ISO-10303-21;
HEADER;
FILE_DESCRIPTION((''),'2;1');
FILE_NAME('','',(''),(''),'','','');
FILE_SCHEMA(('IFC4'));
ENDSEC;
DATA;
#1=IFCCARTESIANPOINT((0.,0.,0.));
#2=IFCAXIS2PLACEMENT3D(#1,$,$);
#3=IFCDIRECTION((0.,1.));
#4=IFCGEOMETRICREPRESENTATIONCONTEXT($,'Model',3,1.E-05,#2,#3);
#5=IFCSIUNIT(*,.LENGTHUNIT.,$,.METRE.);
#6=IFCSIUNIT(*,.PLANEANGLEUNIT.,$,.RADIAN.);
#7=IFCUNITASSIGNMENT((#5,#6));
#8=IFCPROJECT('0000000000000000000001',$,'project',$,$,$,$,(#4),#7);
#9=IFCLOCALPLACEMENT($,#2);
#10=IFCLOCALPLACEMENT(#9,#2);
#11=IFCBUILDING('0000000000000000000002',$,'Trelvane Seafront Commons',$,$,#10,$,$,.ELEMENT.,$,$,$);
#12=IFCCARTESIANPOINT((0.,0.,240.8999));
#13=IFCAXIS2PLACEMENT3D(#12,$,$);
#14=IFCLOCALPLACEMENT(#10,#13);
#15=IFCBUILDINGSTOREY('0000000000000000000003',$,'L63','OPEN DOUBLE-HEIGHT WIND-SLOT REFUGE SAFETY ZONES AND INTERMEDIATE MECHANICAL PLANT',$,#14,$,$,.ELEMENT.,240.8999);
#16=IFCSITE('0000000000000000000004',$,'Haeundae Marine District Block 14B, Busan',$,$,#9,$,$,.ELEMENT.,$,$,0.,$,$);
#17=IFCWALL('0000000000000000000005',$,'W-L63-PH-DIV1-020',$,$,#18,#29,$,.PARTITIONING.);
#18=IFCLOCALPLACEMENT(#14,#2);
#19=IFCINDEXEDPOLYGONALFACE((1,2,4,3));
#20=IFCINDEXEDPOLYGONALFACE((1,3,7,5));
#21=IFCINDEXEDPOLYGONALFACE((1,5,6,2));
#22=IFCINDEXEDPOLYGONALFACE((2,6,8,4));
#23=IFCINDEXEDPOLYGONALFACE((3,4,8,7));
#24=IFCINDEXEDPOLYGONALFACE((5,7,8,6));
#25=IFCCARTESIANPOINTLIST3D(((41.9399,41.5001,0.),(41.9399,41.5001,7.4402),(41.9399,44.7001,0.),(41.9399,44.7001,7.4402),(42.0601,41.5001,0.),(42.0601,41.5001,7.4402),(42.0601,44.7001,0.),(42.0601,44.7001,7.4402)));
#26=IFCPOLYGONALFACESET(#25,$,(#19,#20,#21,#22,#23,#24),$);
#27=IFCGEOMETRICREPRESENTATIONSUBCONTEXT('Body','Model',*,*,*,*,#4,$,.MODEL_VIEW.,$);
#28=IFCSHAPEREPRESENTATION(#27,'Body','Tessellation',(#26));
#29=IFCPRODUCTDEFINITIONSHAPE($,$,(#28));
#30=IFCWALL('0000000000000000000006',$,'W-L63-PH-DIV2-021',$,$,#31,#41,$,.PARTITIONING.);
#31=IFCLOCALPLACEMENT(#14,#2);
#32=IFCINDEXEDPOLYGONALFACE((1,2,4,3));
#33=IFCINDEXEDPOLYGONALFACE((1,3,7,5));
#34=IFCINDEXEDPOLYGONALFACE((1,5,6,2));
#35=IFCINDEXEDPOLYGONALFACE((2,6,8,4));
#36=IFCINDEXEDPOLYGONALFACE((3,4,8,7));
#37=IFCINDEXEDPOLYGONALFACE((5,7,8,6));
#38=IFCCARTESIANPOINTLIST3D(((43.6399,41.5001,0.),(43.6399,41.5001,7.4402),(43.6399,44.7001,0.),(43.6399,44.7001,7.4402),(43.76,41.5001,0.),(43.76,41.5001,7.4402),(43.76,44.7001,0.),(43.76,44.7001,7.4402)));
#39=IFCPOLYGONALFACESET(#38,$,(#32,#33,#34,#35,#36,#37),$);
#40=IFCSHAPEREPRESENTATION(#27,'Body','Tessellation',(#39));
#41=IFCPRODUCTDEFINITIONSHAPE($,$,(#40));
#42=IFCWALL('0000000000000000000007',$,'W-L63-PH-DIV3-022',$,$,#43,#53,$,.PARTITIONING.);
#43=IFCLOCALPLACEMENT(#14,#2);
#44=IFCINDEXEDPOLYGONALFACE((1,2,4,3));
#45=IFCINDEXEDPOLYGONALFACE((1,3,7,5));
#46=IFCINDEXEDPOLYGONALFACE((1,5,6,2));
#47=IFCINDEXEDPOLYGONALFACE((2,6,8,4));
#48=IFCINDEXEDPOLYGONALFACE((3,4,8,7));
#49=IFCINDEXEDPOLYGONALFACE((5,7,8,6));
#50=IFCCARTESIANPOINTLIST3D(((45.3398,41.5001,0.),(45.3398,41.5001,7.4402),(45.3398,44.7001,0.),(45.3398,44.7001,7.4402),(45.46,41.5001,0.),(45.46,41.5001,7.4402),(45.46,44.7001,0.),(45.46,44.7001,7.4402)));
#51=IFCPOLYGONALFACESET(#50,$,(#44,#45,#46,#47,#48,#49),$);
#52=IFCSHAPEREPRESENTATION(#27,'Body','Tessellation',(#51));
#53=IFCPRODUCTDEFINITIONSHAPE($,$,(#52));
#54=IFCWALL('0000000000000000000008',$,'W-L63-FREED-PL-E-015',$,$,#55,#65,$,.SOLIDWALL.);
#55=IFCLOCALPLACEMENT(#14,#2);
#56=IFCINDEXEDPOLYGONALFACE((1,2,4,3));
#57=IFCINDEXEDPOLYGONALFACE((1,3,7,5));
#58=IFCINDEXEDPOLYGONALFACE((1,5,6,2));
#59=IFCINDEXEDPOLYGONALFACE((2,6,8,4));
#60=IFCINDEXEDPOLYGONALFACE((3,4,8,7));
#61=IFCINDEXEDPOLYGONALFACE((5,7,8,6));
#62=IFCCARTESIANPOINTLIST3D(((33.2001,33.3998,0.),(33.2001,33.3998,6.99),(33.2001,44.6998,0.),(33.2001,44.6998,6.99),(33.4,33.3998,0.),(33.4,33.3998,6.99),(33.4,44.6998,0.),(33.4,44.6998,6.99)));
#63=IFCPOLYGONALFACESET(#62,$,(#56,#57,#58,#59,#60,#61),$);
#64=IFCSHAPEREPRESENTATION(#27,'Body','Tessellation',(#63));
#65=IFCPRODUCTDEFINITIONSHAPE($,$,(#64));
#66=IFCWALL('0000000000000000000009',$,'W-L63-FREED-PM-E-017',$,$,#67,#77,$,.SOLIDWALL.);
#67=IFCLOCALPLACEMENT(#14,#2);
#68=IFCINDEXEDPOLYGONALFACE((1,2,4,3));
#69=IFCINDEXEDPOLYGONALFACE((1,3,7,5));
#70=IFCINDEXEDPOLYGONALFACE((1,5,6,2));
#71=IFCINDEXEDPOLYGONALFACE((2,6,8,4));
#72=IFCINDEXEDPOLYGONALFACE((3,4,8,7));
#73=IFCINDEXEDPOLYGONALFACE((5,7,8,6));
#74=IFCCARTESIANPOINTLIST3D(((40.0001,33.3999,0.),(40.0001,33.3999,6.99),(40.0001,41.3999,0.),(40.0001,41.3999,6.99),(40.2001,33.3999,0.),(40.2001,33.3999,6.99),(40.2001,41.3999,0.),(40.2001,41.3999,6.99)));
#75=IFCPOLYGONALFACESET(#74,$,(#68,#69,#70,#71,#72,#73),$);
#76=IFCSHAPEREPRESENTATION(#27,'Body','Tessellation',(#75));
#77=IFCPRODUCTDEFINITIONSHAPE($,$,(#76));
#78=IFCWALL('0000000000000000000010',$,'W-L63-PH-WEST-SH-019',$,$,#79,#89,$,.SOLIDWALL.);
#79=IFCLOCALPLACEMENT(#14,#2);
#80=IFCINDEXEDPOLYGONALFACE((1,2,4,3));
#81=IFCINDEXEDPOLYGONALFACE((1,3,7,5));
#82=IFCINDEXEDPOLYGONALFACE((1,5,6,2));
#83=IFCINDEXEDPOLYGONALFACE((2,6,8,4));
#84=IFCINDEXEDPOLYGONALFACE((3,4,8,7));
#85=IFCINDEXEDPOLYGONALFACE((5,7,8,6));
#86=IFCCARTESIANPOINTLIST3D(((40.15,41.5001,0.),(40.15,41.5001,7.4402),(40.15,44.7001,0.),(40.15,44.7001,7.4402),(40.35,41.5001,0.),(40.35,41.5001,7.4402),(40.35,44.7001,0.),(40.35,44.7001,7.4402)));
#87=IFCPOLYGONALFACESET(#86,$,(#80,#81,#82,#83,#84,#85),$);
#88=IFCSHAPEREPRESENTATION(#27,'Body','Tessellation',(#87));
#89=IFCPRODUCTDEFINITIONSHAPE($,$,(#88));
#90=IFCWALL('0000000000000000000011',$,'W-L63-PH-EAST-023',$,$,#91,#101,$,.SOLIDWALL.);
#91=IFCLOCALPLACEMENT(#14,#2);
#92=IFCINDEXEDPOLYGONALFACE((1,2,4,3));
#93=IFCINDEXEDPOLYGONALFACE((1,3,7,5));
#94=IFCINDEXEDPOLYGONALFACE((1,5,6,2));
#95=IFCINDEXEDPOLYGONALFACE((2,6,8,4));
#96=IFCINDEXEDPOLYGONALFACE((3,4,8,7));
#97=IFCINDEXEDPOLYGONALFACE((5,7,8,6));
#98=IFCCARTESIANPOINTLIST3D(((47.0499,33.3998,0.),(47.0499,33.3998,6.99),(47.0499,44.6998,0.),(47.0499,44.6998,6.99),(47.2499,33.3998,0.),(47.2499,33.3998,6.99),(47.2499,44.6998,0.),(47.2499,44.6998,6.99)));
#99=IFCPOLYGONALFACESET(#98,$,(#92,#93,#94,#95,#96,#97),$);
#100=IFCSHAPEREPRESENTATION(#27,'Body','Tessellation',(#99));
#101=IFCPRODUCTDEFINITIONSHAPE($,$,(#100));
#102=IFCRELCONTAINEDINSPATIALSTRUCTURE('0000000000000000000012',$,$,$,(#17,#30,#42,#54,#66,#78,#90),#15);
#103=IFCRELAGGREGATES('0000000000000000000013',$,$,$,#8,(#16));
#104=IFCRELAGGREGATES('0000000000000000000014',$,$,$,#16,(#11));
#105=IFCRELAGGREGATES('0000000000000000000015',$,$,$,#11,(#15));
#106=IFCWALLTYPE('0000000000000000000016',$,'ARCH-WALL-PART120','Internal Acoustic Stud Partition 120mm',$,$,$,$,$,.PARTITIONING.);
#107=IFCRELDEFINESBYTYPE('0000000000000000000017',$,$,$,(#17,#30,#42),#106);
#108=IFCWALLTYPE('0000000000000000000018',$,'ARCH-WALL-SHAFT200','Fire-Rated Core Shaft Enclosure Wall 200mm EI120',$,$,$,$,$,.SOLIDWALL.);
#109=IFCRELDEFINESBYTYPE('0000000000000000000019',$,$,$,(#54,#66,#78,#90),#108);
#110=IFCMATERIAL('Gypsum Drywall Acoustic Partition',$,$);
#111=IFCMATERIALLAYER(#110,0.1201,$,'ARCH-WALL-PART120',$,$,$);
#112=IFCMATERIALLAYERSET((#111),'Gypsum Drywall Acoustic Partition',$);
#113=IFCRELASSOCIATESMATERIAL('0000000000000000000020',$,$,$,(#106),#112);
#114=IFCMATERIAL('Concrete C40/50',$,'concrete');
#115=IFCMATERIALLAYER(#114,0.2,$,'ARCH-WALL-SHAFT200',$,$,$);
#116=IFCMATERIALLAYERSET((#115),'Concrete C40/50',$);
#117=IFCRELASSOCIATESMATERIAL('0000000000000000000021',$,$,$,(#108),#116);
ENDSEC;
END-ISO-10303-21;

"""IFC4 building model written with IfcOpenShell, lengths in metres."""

from ifc_helpers import new_model, si_unit, direction, frame, frame_2d, origin, place, context, subcontext, project, spatial, rectangle, extrude, material, layer, layer_set, type_object, element, save


model = new_model("IFC4")

# Units and contexts
model_context = context("Model", 3, precision=1e-05, world=origin(), true_north=direction((0.0, 1.0)))
body_context = subcontext(model_context, "Body", "Model", "MODEL_VIEW")
ifc_project = project(units=[si_unit("LENGTHUNIT", "METRE"), si_unit("PLANEANGLEUNIT", "RADIAN")], contexts=[model_context])

# Site, building, storey
site_placement = place(None, origin())
site = spatial("IfcSite", under=ifc_project, at=site_placement, Name="Haeundae Marine District Block 14B, Busan", CompositionType="ELEMENT", RefElevation=0.0)
building_placement = place(site_placement, origin())
building = spatial("IfcBuilding", under=site, at=building_placement, Name="Trelvane Seafront Commons", CompositionType="ELEMENT")
storey_placement = place(building_placement, frame((0.0, 0.0, 240.8999)))
storey = spatial("IfcBuildingStorey", under=building, at=storey_placement, Name="L63", Description="OPEN DOUBLE-HEIGHT WIND-SLOT REFUGE SAFETY ZONES AND INTERMEDIATE MECHANICAL PLANT", CompositionType="ELEMENT", Elevation=240.8999)

# Shared definitions
ifc_material_1 = material(Name="Concrete C40/50", Category="concrete")
ifc_material_2 = material(Name="Gypsum Drywall Acoustic Partition")
ifc_layer_1 = layer(ifc_material_2, 0.1201, Name="ARCH-WALL-PART120")
ifc_layer_set_1 = layer_set([ifc_layer_1], Name="Gypsum Drywall Acoustic Partition")
wall_type_1 = type_object("IfcWallType", Name="ARCH-WALL-PART120", Description="Internal Acoustic Stud Partition 120mm", PredefinedType="PARTITIONING", material=ifc_layer_set_1)

# Walls
for number, where, z_axis, x_axis, name in (
    (1, (42.0, 41.5, 0.0), (0.0, 0.0, 1.0), (0.0, 1.0, 0.0), "W-L63-PH-DIV1-020"),
    (2, (43.7, 41.5, 0.0), (0.0, 0.0, 1.0), (0.0, 1.0, 0.0), "W-L63-PH-DIV2-021"),
    (3, (45.3999, 41.5, 0.0), (0.0, 0.0, 1.0), (0.0, 1.0, 0.0), "W-L63-PH-DIV3-022"),
):
    element("IfcWall", number, at=place(storey_placement, frame(where, z_axis=z_axis, x_axis=x_axis)), inside=storey, type_object=wall_type_1, Name=name, PredefinedType="PARTITIONING", context=body_context, shape_type="SweptSolid", body=[
        extrude(rectangle(XDim=3.2, YDim=0.1201, at=frame_2d((1.6001, 0.0))), origin(), (0.0, 0.0, 1.0), 7.4402),
    ])
ifc_layer_2 = layer(ifc_material_1, 0.2, Name="ARCH-WALL-SHAFT200")
ifc_layer_set_2 = layer_set([ifc_layer_2], Name="Concrete C40/50")
wall_type_2 = type_object("IfcWallType", Name="ARCH-WALL-SHAFT200", Description="Fire-Rated Core Shaft Enclosure Wall 200mm EI120", PredefinedType="SOLIDWALL", material=ifc_layer_set_2)
wall_1_placement = place(storey_placement, frame((33.3, 33.3999, 0.0), z_axis=(0.0, 0.0, 1.0), x_axis=(0.0, 1.0, 0.0)))
element("IfcWall", 4, at=wall_1_placement, inside=storey, type_object=wall_type_2, Name="W-L63-FREED-PL-E-015", PredefinedType="SOLIDWALL", context=body_context, shape_type="SweptSolid", body=[
    extrude(rectangle(XDim=11.3, YDim=0.2, at=frame_2d((5.6499, 0.0))), origin(), (0.0, 0.0, 1.0), 6.99),
])
wall_2_placement = place(storey_placement, frame((40.1001, 33.3999, 0.0), z_axis=(0.0, 0.0, 1.0), x_axis=(0.0, 1.0, 0.0)))
element("IfcWall", 5, at=wall_2_placement, inside=storey, type_object=wall_type_2, Name="W-L63-FREED-PM-E-017", PredefinedType="SOLIDWALL", context=body_context, shape_type="SweptSolid", body=[
    extrude(rectangle(XDim=8.0, YDim=0.2, at=frame_2d((4.0, 0.0))), origin(), (0.0, 0.0, 1.0), 6.99),
])

# Walls
wall_3_placement = place(storey_placement, frame((40.25, 41.5, 0.0), z_axis=(0.0, 0.0, 1.0), x_axis=(0.0, 1.0, 0.0)))
element("IfcWall", 6, at=wall_3_placement, inside=storey, type_object=wall_type_2, Name="W-L63-PH-WEST-SH-019", PredefinedType="SOLIDWALL", context=body_context, shape_type="SweptSolid", body=[
    extrude(rectangle(XDim=3.2, YDim=0.2, at=frame_2d((1.6001, 0.0))), origin(), (0.0, 0.0, 1.0), 7.4402),
])
wall_4_placement = place(storey_placement, frame((47.1499, 33.3999, 0.0), z_axis=(0.0, 0.0, 1.0), x_axis=(0.0, 1.0, 0.0)))
element("IfcWall", 7, at=wall_4_placement, inside=storey, type_object=wall_type_2, Name="W-L63-PH-EAST-023", PredefinedType="SOLIDWALL", context=body_context, shape_type="SweptSolid", body=[
    extrude(rectangle(XDim=11.3, YDim=0.2, at=frame_2d((5.6499, 0.0))), origin(), (0.0, 0.0, 1.0), 6.99),
])

save(model, "model.ifc")
